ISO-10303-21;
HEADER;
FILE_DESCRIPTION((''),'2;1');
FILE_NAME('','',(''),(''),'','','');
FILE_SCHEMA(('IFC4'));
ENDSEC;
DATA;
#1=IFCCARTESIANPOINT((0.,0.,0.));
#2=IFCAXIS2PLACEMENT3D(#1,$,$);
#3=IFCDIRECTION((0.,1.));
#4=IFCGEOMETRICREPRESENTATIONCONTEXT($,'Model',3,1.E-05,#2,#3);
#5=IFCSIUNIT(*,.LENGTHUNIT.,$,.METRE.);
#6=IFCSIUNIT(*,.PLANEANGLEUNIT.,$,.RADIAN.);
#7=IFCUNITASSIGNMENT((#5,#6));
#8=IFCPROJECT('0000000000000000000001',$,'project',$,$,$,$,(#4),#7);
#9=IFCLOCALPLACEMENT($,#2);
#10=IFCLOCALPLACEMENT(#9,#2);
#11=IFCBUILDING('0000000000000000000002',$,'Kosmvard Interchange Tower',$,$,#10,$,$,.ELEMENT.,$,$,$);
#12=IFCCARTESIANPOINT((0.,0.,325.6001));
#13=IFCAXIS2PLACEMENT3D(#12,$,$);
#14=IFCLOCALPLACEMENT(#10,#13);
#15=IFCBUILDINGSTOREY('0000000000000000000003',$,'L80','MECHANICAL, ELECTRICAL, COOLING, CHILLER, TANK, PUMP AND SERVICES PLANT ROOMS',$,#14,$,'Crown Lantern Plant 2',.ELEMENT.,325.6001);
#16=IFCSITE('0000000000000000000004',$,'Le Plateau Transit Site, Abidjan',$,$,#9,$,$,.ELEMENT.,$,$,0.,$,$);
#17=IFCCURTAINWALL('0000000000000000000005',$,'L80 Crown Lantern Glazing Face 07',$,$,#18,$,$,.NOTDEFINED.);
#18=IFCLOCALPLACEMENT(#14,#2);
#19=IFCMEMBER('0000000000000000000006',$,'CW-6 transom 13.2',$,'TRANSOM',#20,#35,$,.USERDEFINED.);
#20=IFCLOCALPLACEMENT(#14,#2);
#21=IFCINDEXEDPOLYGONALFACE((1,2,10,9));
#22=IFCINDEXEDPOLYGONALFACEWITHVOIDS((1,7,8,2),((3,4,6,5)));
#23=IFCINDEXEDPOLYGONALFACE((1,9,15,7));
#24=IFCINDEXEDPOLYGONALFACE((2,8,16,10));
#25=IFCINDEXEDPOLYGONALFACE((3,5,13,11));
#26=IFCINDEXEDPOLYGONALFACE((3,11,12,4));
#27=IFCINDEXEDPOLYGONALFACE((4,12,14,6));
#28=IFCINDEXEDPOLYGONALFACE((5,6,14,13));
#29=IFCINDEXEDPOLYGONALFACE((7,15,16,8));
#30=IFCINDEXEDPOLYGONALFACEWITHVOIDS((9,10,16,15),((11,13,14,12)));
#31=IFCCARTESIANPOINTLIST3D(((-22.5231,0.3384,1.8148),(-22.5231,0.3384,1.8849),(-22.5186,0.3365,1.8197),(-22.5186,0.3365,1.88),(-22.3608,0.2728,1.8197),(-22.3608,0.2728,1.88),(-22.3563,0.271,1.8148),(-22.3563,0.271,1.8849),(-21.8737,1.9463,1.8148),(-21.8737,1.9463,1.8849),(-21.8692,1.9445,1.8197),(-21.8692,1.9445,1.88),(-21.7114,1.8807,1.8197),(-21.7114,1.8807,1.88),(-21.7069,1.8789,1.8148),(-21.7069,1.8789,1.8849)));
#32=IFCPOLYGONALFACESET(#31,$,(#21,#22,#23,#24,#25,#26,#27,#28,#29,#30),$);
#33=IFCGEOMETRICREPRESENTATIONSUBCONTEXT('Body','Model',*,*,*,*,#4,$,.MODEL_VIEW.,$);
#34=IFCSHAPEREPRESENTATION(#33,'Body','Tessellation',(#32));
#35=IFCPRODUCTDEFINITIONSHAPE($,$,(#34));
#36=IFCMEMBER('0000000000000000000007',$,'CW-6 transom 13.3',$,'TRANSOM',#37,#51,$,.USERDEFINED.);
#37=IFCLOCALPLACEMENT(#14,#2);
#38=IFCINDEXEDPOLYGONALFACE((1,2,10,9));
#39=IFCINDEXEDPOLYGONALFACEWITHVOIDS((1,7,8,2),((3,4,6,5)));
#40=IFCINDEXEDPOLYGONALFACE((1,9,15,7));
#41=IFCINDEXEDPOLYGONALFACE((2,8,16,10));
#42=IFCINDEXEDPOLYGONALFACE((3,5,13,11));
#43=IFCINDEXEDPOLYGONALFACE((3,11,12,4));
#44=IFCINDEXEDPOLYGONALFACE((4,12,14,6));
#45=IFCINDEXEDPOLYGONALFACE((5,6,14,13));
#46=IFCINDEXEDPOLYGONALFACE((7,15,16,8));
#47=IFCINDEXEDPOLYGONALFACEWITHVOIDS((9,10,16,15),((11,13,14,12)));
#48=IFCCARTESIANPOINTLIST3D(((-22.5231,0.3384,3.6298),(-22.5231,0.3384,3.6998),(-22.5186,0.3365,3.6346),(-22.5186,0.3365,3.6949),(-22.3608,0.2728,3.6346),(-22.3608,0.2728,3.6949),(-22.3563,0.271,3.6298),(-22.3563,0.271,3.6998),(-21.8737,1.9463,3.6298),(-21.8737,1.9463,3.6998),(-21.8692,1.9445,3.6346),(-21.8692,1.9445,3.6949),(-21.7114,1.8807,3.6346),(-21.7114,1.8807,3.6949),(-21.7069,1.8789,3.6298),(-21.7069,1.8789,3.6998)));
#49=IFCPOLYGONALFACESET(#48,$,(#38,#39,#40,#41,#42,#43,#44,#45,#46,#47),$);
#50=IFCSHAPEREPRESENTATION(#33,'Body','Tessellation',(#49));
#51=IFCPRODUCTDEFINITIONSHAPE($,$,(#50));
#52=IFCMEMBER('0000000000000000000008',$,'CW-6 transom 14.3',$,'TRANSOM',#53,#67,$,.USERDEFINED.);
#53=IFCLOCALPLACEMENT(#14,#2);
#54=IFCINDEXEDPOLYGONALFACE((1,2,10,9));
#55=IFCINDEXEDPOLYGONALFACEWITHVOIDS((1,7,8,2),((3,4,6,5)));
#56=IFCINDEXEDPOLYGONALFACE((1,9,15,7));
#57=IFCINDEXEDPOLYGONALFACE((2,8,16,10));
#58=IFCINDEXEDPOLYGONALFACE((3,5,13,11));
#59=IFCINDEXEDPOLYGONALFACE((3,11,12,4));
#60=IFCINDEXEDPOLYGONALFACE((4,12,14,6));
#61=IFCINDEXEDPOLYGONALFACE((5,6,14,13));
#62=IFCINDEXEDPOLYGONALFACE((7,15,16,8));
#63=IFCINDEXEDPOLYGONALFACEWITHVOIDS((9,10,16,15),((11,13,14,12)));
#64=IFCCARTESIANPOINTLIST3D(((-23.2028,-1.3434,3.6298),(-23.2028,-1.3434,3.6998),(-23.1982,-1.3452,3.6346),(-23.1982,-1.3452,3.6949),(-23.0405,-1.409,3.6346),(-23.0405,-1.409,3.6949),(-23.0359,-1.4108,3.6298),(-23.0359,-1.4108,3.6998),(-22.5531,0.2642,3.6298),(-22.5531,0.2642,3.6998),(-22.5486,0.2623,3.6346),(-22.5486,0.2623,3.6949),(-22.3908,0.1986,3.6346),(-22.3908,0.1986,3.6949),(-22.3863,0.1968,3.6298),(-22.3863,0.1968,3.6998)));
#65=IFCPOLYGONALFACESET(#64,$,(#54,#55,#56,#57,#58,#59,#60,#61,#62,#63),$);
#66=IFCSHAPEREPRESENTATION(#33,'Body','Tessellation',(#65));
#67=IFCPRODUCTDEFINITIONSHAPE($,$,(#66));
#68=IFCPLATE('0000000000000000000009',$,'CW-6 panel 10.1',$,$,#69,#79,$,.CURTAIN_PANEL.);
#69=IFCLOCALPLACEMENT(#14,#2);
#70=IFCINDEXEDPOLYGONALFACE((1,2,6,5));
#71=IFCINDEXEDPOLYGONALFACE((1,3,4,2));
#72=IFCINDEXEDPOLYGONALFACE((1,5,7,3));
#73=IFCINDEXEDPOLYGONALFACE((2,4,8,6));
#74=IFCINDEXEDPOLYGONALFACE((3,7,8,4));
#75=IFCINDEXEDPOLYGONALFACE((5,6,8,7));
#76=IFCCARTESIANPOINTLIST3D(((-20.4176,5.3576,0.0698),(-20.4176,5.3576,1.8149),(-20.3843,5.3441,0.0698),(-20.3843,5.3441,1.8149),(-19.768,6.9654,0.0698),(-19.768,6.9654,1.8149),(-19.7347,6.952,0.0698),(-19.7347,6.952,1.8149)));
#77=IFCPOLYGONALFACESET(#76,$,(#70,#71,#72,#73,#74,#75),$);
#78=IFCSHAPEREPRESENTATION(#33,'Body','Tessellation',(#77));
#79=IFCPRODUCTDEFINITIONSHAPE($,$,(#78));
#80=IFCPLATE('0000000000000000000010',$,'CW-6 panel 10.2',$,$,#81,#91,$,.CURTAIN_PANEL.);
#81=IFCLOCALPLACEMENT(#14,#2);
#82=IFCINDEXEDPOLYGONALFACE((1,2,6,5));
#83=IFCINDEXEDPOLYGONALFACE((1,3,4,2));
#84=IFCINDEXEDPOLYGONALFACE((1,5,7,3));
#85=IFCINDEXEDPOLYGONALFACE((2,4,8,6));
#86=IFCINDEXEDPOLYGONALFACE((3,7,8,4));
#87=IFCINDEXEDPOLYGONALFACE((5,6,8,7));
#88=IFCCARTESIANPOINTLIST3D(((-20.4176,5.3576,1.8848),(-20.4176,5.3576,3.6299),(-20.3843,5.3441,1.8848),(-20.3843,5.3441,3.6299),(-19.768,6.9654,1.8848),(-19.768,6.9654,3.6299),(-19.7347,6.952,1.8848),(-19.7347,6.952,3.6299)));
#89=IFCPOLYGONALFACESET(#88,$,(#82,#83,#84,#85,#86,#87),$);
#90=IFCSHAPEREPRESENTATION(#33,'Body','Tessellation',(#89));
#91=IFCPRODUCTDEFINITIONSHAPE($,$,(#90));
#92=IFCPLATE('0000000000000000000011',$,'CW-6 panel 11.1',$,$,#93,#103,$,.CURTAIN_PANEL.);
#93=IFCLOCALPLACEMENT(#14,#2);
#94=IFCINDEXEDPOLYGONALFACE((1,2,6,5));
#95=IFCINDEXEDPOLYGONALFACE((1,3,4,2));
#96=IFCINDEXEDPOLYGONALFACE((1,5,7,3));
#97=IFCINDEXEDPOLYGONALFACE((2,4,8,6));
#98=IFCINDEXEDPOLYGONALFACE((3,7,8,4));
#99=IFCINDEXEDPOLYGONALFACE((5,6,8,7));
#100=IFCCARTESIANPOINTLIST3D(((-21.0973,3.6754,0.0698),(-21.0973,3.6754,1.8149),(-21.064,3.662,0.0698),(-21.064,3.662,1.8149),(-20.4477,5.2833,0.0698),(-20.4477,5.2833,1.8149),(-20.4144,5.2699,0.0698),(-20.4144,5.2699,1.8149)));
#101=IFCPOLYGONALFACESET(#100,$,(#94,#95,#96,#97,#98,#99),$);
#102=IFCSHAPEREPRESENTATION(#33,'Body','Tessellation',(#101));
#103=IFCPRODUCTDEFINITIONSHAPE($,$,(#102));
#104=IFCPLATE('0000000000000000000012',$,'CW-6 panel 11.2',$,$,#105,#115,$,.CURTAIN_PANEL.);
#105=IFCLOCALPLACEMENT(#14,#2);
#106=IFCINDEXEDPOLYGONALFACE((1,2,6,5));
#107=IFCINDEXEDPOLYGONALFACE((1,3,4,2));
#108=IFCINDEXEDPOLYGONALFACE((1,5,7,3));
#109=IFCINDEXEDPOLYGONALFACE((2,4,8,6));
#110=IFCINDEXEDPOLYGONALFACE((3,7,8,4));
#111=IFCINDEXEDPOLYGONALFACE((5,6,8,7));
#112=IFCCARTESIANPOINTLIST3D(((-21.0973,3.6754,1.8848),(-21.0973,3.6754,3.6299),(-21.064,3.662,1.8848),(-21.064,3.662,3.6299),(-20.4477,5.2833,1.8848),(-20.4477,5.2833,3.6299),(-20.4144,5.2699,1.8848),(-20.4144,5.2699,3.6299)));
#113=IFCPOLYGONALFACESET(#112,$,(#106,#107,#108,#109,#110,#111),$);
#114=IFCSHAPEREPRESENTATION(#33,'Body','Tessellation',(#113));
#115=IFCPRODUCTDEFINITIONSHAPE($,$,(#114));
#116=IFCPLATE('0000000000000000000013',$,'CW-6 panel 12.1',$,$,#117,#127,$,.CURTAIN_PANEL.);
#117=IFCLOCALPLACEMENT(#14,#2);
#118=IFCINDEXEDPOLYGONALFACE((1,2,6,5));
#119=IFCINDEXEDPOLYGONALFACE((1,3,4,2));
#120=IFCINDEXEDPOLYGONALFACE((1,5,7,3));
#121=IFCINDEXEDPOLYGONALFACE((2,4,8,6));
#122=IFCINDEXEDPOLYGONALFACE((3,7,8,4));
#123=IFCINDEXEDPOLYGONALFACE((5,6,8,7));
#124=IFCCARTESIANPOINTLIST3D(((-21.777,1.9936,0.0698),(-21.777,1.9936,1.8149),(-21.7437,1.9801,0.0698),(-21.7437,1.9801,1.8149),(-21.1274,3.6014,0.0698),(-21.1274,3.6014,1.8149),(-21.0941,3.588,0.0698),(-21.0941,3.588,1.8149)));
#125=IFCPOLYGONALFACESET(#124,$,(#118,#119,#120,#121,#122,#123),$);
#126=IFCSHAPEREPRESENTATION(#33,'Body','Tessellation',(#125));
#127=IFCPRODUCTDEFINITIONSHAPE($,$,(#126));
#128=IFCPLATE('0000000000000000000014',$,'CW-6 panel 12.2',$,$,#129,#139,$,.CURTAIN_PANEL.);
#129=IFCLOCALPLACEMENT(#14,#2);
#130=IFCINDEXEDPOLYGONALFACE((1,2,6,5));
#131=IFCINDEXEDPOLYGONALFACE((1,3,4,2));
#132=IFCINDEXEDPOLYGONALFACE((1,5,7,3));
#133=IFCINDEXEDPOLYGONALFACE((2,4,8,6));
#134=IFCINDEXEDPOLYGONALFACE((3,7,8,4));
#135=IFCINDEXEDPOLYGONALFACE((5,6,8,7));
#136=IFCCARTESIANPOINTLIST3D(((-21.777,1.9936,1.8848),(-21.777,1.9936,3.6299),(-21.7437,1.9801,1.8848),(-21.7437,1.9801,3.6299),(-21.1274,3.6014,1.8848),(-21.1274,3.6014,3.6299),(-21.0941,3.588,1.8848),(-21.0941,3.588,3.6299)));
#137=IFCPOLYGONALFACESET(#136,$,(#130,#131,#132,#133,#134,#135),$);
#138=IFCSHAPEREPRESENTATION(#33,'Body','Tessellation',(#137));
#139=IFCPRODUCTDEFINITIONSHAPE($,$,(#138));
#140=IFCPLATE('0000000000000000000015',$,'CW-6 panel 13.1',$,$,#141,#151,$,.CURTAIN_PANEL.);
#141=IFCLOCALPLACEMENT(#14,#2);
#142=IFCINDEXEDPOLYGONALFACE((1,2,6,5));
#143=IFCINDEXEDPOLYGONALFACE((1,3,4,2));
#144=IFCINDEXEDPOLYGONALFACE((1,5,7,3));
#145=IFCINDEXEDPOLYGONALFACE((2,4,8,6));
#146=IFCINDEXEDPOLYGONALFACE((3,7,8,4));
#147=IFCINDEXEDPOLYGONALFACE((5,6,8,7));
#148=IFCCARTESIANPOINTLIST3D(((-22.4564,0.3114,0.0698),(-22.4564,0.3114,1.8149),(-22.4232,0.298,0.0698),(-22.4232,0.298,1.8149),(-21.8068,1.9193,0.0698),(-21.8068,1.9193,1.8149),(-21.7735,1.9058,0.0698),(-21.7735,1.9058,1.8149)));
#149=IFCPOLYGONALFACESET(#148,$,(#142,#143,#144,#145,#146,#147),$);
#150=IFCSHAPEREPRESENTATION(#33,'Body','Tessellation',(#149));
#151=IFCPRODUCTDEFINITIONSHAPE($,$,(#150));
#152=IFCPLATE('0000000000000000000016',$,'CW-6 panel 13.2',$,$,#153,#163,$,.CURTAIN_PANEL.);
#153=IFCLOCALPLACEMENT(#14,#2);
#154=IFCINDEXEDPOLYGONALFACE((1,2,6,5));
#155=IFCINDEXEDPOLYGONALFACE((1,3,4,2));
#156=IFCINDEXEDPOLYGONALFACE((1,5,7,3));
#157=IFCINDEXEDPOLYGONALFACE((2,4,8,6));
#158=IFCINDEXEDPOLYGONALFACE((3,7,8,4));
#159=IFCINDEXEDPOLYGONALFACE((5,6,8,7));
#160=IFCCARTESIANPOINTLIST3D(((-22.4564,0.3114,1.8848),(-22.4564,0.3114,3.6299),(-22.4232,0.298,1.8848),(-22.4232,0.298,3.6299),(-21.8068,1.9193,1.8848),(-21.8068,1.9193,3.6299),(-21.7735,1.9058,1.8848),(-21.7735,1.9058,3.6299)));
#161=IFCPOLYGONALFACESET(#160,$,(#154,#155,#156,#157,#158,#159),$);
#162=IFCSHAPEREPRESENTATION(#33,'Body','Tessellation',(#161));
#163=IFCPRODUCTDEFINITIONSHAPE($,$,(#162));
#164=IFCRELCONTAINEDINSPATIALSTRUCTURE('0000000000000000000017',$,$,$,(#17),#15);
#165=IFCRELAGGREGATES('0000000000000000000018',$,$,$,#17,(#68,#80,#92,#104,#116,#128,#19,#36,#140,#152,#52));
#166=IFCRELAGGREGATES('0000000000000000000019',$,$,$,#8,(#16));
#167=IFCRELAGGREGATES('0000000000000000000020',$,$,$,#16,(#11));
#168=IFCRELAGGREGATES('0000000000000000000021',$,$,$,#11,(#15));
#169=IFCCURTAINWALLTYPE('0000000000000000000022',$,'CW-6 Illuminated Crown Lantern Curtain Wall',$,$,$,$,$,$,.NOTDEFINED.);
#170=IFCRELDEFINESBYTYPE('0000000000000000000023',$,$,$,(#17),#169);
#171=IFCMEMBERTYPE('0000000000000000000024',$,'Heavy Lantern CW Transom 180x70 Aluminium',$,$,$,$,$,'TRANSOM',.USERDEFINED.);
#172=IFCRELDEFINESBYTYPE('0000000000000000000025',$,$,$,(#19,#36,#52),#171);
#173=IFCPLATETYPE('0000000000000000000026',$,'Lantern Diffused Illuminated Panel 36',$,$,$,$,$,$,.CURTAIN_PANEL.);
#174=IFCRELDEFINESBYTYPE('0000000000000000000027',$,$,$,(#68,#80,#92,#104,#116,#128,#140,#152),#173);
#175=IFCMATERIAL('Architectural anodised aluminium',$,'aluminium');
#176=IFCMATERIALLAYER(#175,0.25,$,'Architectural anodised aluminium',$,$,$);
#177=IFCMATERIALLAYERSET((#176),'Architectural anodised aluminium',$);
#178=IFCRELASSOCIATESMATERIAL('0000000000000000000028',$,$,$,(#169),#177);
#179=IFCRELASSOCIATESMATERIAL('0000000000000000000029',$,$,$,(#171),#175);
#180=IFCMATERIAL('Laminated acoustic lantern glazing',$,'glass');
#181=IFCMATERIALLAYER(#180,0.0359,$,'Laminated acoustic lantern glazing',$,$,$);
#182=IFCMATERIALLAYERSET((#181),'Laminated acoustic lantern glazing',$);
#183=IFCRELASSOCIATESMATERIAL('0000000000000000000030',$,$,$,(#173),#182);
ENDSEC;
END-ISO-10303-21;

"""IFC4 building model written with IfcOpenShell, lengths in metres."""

from ifc_helpers import new_model, si_unit, direction, frame, origin, origin_2d, place, context, subcontext, project, spatial, rectangle, hollow_rectangle, extrude, source, transform, mapped, material, layer, layer_set, material_profile, profile_set, type_object, element, aggregate, save


model = new_model("IFC4")

# Units and contexts
model_context = context("Model", 3, precision=1e-05, world=origin(), true_north=direction((0.0, 1.0)))
body_context = subcontext(model_context, "Body", "Model", "MODEL_VIEW")
ifc_project = project(units=[si_unit("LENGTHUNIT", "METRE"), si_unit("PLANEANGLEUNIT", "RADIAN")], contexts=[model_context])

# Site, building, storey
site_placement = place(None, origin())
site = spatial("IfcSite", under=ifc_project, at=site_placement, Name="Le Plateau Transit Site, Abidjan", CompositionType="ELEMENT", RefElevation=0.0)
building_placement = place(site_placement, origin())
building = spatial("IfcBuilding", under=site, at=building_placement, Name="Kosmvard Interchange Tower", CompositionType="ELEMENT")
storey_placement = place(building_placement, frame((0.0, 0.0, 325.6001)))
storey = spatial("IfcBuildingStorey", under=building, at=storey_placement, Name="L80", Description="MECHANICAL, ELECTRICAL, COOLING, CHILLER, TANK, PUMP AND SERVICES PLANT ROOMS", LongName="Crown Lantern Plant 2", CompositionType="ELEMENT", Elevation=325.6001)

# Curtain wall, members, plates
ifc_material_1 = material(Name="Architectural anodised aluminium", Category="aluminium")
ifc_layer_1 = layer(ifc_material_1, 0.25, Name="Architectural anodised aluminium")
ifc_layer_set_1 = layer_set([ifc_layer_1], Name="Architectural anodised aluminium")
curtain_wall_type = type_object("IfcCurtainWallType", Name="CW-6 Illuminated Crown Lantern Curtain Wall", PredefinedType="NOTDEFINED", material=ifc_layer_set_1)
curtain_wall_placement = place(storey_placement, origin())
curtain_wall = element("IfcCurtainWall", 1, at=curtain_wall_placement, inside=storey, type_object=curtain_wall_type, Name="L80 Crown Lantern Glazing Face 07", PredefinedType="NOTDEFINED")
ifc_material_profile_1 = material_profile(ifc_material_1, hollow_rectangle(XDim=0.1799, YDim=0.0701, WallThickness=0.0049, at=origin_2d()), Name="CWT 180x70x5")
ifc_profile_set_1 = profile_set([ifc_material_profile_1], Name="Architectural anodised aluminium")
member_type_1 = type_object("IfcMemberType", Name="Heavy Lantern CW Transom 180x70 Aluminium", ElementType="TRANSOM", PredefinedType="USERDEFINED", material=ifc_profile_set_1)
shared_shape_1 = source(origin(), body_context, "Body", "SweptSolid", [
    extrude(hollow_rectangle(XDim=0.1799, YDim=0.0701, WallThickness=0.0049, at=origin_2d()), origin(), (0.0, 0.0, 1.0), 1.7341),
])
member_1_placement = place(storey_placement, frame((-21.7903, 1.9126, 1.8499), z_axis=(-0.374496, -0.927229, 0.0), x_axis=(0.927229, -0.374496, 0.0)))
member_1 = element("IfcMember", 2, at=member_1_placement, type_object=member_type_1, Name="CW-6 transom 13.2", ObjectType="TRANSOM", PredefinedType="USERDEFINED", context=body_context, shape_type="MappedRepresentation", body=[
    mapped(shared_shape_1, transform((0.0, 0.0, 0.0), scale=1.0)),
])
member_2_placement = place(storey_placement, frame((-21.7903, 1.9126, 3.6648), z_axis=(-0.374496, -0.927229, 0.0), x_axis=(0.927229, -0.374496, 0.0)))
member_2 = element("IfcMember", 3, at=member_2_placement, type_object=member_type_1, Name="CW-6 transom 13.3", ObjectType="TRANSOM", PredefinedType="USERDEFINED", context=body_context, shape_type="MappedRepresentation", body=[
    mapped(shared_shape_1, transform((0.0, 0.0, 0.0), scale=1.0)),
])
shared_shape_2 = source(origin(), body_context, "Body", "SweptSolid", [
    extrude(hollow_rectangle(XDim=0.1799, YDim=0.0701, WallThickness=0.0049, at=origin_2d()), origin(), (0.0, 0.0, 1.0), 1.7339),
])
member_3_placement = place(storey_placement, frame((-22.4697, 0.2305, 3.6648), z_axis=(-0.374666, -0.92716, 0.0), x_axis=(0.92716, -0.374666, 0.0)))
member_3 = element("IfcMember", 4, at=member_3_placement, type_object=member_type_1, Name="CW-6 transom 14.3", ObjectType="TRANSOM", PredefinedType="USERDEFINED", context=body_context, shape_type="MappedRepresentation", body=[
    mapped(shared_shape_2, transform((0.0, 0.0, 0.0), scale=1.0)),
])
ifc_material_2 = material(Name="Laminated acoustic lantern glazing", Category="glass")
ifc_layer_2 = layer(ifc_material_2, 0.0359, Name="Laminated acoustic lantern glazing")
ifc_layer_set_2 = layer_set([ifc_layer_2], Name="Laminated acoustic lantern glazing")
plate_type = type_object("IfcPlateType", Name="Lantern Diffused Illuminated Panel 36", PredefinedType="CURTAIN_PANEL", material=ifc_layer_set_2)
shared_shape_3 = source(origin(), body_context, "Body", "SweptSolid", [
    extrude(rectangle(XDim=1.7341, YDim=0.0359, at=origin_2d()), origin(), (0.0, 0.0, 1.0), 1.7451),
])
plate_1_placement = place(storey_placement, frame((-20.0762, 6.1548, 0.0698), z_axis=(0.0, 0.0, 1.0), x_axis=(-0.374607, -0.927184, 0.0)))
plate_1 = element("IfcPlate", 5, at=plate_1_placement, type_object=plate_type, Name="CW-6 panel 10.1", PredefinedType="CURTAIN_PANEL", context=body_context, shape_type="MappedRepresentation", body=[
    mapped(shared_shape_3, transform((0.0, 0.0, 0.0), scale=1.0)),
])
plate_2_placement = place(storey_placement, frame((-20.0762, 6.1548, 1.8848), z_axis=(0.0, 0.0, 1.0), x_axis=(-0.374607, -0.927184, 0.0)))
plate_2 = element("IfcPlate", 6, at=plate_2_placement, type_object=plate_type, Name="CW-6 panel 10.2", PredefinedType="CURTAIN_PANEL", context=body_context, shape_type="MappedRepresentation", body=[
    mapped(shared_shape_3, transform((0.0, 0.0, 0.0), scale=1.0)),
])
plate_3_placement = place(storey_placement, frame((-20.7559, 4.4727, 0.0698), z_axis=(0.0, 0.0, 1.0), x_axis=(-0.374607, -0.927184, 0.0)))
plate_3 = element("IfcPlate", 7, at=plate_3_placement, type_object=plate_type, Name="CW-6 panel 11.1", PredefinedType="CURTAIN_PANEL", context=body_context, shape_type="MappedRepresentation", body=[
    mapped(shared_shape_3, transform((0.0, 0.0, 0.0), scale=1.0)),
])
plate_4_placement = place(storey_placement, frame((-20.7559, 4.4727, 1.8848), z_axis=(0.0, 0.0, 1.0), x_axis=(-0.374607, -0.927184, 0.0)))
plate_4 = element("IfcPlate", 8, at=plate_4_placement, type_object=plate_type, Name="CW-6 panel 11.2", PredefinedType="CURTAIN_PANEL", context=body_context, shape_type="MappedRepresentation", body=[
    mapped(shared_shape_3, transform((0.0, 0.0, 0.0), scale=1.0)),
])
plate_5_placement = place(storey_placement, frame((-21.4355, 2.7908, 0.0698), z_axis=(0.0, 0.0, 1.0), x_axis=(-0.374607, -0.927184, 0.0)))
plate_5 = element("IfcPlate", 9, at=plate_5_placement, type_object=plate_type, Name="CW-6 panel 12.1", PredefinedType="CURTAIN_PANEL", context=body_context, shape_type="MappedRepresentation", body=[
    mapped(shared_shape_3, transform((0.0, 0.0, 0.0), scale=1.0)),
])
plate_6_placement = place(storey_placement, frame((-21.4355, 2.7908, 1.8848), z_axis=(0.0, 0.0, 1.0), x_axis=(-0.374607, -0.927184, 0.0)))
plate_6 = element("IfcPlate", 10, at=plate_6_placement, type_object=plate_type, Name="CW-6 panel 12.2", PredefinedType="CURTAIN_PANEL", context=body_context, shape_type="MappedRepresentation", body=[
    mapped(shared_shape_3, transform((0.0, 0.0, 0.0), scale=1.0)),
])
plate_7_placement = place(storey_placement, frame((-22.115, 1.1086, 0.0698), z_axis=(0.0, 0.0, 1.0), x_axis=(-0.374607, -0.927184, 0.0)))
plate_7 = element("IfcPlate", 11, at=plate_7_placement, type_object=plate_type, Name="CW-6 panel 13.1", PredefinedType="CURTAIN_PANEL", context=body_context, shape_type="MappedRepresentation", body=[
    mapped(shared_shape_3, transform((0.0, 0.0, 0.0), scale=1.0)),
])
plate_8_placement = place(storey_placement, frame((-22.115, 1.1086, 1.8848), z_axis=(0.0, 0.0, 1.0), x_axis=(-0.374607, -0.927184, 0.0)))
plate_8 = element("IfcPlate", 12, at=plate_8_placement, type_object=plate_type, Name="CW-6 panel 13.2", PredefinedType="CURTAIN_PANEL", context=body_context, shape_type="MappedRepresentation", body=[
    mapped(shared_shape_3, transform((0.0, 0.0, 0.0), scale=1.0)),
])
aggregate(curtain_wall, [plate_1, plate_2, plate_3, plate_4, plate_5, plate_6, member_1, member_2, plate_7, plate_8, member_3])

save(model, "model.ifc")
